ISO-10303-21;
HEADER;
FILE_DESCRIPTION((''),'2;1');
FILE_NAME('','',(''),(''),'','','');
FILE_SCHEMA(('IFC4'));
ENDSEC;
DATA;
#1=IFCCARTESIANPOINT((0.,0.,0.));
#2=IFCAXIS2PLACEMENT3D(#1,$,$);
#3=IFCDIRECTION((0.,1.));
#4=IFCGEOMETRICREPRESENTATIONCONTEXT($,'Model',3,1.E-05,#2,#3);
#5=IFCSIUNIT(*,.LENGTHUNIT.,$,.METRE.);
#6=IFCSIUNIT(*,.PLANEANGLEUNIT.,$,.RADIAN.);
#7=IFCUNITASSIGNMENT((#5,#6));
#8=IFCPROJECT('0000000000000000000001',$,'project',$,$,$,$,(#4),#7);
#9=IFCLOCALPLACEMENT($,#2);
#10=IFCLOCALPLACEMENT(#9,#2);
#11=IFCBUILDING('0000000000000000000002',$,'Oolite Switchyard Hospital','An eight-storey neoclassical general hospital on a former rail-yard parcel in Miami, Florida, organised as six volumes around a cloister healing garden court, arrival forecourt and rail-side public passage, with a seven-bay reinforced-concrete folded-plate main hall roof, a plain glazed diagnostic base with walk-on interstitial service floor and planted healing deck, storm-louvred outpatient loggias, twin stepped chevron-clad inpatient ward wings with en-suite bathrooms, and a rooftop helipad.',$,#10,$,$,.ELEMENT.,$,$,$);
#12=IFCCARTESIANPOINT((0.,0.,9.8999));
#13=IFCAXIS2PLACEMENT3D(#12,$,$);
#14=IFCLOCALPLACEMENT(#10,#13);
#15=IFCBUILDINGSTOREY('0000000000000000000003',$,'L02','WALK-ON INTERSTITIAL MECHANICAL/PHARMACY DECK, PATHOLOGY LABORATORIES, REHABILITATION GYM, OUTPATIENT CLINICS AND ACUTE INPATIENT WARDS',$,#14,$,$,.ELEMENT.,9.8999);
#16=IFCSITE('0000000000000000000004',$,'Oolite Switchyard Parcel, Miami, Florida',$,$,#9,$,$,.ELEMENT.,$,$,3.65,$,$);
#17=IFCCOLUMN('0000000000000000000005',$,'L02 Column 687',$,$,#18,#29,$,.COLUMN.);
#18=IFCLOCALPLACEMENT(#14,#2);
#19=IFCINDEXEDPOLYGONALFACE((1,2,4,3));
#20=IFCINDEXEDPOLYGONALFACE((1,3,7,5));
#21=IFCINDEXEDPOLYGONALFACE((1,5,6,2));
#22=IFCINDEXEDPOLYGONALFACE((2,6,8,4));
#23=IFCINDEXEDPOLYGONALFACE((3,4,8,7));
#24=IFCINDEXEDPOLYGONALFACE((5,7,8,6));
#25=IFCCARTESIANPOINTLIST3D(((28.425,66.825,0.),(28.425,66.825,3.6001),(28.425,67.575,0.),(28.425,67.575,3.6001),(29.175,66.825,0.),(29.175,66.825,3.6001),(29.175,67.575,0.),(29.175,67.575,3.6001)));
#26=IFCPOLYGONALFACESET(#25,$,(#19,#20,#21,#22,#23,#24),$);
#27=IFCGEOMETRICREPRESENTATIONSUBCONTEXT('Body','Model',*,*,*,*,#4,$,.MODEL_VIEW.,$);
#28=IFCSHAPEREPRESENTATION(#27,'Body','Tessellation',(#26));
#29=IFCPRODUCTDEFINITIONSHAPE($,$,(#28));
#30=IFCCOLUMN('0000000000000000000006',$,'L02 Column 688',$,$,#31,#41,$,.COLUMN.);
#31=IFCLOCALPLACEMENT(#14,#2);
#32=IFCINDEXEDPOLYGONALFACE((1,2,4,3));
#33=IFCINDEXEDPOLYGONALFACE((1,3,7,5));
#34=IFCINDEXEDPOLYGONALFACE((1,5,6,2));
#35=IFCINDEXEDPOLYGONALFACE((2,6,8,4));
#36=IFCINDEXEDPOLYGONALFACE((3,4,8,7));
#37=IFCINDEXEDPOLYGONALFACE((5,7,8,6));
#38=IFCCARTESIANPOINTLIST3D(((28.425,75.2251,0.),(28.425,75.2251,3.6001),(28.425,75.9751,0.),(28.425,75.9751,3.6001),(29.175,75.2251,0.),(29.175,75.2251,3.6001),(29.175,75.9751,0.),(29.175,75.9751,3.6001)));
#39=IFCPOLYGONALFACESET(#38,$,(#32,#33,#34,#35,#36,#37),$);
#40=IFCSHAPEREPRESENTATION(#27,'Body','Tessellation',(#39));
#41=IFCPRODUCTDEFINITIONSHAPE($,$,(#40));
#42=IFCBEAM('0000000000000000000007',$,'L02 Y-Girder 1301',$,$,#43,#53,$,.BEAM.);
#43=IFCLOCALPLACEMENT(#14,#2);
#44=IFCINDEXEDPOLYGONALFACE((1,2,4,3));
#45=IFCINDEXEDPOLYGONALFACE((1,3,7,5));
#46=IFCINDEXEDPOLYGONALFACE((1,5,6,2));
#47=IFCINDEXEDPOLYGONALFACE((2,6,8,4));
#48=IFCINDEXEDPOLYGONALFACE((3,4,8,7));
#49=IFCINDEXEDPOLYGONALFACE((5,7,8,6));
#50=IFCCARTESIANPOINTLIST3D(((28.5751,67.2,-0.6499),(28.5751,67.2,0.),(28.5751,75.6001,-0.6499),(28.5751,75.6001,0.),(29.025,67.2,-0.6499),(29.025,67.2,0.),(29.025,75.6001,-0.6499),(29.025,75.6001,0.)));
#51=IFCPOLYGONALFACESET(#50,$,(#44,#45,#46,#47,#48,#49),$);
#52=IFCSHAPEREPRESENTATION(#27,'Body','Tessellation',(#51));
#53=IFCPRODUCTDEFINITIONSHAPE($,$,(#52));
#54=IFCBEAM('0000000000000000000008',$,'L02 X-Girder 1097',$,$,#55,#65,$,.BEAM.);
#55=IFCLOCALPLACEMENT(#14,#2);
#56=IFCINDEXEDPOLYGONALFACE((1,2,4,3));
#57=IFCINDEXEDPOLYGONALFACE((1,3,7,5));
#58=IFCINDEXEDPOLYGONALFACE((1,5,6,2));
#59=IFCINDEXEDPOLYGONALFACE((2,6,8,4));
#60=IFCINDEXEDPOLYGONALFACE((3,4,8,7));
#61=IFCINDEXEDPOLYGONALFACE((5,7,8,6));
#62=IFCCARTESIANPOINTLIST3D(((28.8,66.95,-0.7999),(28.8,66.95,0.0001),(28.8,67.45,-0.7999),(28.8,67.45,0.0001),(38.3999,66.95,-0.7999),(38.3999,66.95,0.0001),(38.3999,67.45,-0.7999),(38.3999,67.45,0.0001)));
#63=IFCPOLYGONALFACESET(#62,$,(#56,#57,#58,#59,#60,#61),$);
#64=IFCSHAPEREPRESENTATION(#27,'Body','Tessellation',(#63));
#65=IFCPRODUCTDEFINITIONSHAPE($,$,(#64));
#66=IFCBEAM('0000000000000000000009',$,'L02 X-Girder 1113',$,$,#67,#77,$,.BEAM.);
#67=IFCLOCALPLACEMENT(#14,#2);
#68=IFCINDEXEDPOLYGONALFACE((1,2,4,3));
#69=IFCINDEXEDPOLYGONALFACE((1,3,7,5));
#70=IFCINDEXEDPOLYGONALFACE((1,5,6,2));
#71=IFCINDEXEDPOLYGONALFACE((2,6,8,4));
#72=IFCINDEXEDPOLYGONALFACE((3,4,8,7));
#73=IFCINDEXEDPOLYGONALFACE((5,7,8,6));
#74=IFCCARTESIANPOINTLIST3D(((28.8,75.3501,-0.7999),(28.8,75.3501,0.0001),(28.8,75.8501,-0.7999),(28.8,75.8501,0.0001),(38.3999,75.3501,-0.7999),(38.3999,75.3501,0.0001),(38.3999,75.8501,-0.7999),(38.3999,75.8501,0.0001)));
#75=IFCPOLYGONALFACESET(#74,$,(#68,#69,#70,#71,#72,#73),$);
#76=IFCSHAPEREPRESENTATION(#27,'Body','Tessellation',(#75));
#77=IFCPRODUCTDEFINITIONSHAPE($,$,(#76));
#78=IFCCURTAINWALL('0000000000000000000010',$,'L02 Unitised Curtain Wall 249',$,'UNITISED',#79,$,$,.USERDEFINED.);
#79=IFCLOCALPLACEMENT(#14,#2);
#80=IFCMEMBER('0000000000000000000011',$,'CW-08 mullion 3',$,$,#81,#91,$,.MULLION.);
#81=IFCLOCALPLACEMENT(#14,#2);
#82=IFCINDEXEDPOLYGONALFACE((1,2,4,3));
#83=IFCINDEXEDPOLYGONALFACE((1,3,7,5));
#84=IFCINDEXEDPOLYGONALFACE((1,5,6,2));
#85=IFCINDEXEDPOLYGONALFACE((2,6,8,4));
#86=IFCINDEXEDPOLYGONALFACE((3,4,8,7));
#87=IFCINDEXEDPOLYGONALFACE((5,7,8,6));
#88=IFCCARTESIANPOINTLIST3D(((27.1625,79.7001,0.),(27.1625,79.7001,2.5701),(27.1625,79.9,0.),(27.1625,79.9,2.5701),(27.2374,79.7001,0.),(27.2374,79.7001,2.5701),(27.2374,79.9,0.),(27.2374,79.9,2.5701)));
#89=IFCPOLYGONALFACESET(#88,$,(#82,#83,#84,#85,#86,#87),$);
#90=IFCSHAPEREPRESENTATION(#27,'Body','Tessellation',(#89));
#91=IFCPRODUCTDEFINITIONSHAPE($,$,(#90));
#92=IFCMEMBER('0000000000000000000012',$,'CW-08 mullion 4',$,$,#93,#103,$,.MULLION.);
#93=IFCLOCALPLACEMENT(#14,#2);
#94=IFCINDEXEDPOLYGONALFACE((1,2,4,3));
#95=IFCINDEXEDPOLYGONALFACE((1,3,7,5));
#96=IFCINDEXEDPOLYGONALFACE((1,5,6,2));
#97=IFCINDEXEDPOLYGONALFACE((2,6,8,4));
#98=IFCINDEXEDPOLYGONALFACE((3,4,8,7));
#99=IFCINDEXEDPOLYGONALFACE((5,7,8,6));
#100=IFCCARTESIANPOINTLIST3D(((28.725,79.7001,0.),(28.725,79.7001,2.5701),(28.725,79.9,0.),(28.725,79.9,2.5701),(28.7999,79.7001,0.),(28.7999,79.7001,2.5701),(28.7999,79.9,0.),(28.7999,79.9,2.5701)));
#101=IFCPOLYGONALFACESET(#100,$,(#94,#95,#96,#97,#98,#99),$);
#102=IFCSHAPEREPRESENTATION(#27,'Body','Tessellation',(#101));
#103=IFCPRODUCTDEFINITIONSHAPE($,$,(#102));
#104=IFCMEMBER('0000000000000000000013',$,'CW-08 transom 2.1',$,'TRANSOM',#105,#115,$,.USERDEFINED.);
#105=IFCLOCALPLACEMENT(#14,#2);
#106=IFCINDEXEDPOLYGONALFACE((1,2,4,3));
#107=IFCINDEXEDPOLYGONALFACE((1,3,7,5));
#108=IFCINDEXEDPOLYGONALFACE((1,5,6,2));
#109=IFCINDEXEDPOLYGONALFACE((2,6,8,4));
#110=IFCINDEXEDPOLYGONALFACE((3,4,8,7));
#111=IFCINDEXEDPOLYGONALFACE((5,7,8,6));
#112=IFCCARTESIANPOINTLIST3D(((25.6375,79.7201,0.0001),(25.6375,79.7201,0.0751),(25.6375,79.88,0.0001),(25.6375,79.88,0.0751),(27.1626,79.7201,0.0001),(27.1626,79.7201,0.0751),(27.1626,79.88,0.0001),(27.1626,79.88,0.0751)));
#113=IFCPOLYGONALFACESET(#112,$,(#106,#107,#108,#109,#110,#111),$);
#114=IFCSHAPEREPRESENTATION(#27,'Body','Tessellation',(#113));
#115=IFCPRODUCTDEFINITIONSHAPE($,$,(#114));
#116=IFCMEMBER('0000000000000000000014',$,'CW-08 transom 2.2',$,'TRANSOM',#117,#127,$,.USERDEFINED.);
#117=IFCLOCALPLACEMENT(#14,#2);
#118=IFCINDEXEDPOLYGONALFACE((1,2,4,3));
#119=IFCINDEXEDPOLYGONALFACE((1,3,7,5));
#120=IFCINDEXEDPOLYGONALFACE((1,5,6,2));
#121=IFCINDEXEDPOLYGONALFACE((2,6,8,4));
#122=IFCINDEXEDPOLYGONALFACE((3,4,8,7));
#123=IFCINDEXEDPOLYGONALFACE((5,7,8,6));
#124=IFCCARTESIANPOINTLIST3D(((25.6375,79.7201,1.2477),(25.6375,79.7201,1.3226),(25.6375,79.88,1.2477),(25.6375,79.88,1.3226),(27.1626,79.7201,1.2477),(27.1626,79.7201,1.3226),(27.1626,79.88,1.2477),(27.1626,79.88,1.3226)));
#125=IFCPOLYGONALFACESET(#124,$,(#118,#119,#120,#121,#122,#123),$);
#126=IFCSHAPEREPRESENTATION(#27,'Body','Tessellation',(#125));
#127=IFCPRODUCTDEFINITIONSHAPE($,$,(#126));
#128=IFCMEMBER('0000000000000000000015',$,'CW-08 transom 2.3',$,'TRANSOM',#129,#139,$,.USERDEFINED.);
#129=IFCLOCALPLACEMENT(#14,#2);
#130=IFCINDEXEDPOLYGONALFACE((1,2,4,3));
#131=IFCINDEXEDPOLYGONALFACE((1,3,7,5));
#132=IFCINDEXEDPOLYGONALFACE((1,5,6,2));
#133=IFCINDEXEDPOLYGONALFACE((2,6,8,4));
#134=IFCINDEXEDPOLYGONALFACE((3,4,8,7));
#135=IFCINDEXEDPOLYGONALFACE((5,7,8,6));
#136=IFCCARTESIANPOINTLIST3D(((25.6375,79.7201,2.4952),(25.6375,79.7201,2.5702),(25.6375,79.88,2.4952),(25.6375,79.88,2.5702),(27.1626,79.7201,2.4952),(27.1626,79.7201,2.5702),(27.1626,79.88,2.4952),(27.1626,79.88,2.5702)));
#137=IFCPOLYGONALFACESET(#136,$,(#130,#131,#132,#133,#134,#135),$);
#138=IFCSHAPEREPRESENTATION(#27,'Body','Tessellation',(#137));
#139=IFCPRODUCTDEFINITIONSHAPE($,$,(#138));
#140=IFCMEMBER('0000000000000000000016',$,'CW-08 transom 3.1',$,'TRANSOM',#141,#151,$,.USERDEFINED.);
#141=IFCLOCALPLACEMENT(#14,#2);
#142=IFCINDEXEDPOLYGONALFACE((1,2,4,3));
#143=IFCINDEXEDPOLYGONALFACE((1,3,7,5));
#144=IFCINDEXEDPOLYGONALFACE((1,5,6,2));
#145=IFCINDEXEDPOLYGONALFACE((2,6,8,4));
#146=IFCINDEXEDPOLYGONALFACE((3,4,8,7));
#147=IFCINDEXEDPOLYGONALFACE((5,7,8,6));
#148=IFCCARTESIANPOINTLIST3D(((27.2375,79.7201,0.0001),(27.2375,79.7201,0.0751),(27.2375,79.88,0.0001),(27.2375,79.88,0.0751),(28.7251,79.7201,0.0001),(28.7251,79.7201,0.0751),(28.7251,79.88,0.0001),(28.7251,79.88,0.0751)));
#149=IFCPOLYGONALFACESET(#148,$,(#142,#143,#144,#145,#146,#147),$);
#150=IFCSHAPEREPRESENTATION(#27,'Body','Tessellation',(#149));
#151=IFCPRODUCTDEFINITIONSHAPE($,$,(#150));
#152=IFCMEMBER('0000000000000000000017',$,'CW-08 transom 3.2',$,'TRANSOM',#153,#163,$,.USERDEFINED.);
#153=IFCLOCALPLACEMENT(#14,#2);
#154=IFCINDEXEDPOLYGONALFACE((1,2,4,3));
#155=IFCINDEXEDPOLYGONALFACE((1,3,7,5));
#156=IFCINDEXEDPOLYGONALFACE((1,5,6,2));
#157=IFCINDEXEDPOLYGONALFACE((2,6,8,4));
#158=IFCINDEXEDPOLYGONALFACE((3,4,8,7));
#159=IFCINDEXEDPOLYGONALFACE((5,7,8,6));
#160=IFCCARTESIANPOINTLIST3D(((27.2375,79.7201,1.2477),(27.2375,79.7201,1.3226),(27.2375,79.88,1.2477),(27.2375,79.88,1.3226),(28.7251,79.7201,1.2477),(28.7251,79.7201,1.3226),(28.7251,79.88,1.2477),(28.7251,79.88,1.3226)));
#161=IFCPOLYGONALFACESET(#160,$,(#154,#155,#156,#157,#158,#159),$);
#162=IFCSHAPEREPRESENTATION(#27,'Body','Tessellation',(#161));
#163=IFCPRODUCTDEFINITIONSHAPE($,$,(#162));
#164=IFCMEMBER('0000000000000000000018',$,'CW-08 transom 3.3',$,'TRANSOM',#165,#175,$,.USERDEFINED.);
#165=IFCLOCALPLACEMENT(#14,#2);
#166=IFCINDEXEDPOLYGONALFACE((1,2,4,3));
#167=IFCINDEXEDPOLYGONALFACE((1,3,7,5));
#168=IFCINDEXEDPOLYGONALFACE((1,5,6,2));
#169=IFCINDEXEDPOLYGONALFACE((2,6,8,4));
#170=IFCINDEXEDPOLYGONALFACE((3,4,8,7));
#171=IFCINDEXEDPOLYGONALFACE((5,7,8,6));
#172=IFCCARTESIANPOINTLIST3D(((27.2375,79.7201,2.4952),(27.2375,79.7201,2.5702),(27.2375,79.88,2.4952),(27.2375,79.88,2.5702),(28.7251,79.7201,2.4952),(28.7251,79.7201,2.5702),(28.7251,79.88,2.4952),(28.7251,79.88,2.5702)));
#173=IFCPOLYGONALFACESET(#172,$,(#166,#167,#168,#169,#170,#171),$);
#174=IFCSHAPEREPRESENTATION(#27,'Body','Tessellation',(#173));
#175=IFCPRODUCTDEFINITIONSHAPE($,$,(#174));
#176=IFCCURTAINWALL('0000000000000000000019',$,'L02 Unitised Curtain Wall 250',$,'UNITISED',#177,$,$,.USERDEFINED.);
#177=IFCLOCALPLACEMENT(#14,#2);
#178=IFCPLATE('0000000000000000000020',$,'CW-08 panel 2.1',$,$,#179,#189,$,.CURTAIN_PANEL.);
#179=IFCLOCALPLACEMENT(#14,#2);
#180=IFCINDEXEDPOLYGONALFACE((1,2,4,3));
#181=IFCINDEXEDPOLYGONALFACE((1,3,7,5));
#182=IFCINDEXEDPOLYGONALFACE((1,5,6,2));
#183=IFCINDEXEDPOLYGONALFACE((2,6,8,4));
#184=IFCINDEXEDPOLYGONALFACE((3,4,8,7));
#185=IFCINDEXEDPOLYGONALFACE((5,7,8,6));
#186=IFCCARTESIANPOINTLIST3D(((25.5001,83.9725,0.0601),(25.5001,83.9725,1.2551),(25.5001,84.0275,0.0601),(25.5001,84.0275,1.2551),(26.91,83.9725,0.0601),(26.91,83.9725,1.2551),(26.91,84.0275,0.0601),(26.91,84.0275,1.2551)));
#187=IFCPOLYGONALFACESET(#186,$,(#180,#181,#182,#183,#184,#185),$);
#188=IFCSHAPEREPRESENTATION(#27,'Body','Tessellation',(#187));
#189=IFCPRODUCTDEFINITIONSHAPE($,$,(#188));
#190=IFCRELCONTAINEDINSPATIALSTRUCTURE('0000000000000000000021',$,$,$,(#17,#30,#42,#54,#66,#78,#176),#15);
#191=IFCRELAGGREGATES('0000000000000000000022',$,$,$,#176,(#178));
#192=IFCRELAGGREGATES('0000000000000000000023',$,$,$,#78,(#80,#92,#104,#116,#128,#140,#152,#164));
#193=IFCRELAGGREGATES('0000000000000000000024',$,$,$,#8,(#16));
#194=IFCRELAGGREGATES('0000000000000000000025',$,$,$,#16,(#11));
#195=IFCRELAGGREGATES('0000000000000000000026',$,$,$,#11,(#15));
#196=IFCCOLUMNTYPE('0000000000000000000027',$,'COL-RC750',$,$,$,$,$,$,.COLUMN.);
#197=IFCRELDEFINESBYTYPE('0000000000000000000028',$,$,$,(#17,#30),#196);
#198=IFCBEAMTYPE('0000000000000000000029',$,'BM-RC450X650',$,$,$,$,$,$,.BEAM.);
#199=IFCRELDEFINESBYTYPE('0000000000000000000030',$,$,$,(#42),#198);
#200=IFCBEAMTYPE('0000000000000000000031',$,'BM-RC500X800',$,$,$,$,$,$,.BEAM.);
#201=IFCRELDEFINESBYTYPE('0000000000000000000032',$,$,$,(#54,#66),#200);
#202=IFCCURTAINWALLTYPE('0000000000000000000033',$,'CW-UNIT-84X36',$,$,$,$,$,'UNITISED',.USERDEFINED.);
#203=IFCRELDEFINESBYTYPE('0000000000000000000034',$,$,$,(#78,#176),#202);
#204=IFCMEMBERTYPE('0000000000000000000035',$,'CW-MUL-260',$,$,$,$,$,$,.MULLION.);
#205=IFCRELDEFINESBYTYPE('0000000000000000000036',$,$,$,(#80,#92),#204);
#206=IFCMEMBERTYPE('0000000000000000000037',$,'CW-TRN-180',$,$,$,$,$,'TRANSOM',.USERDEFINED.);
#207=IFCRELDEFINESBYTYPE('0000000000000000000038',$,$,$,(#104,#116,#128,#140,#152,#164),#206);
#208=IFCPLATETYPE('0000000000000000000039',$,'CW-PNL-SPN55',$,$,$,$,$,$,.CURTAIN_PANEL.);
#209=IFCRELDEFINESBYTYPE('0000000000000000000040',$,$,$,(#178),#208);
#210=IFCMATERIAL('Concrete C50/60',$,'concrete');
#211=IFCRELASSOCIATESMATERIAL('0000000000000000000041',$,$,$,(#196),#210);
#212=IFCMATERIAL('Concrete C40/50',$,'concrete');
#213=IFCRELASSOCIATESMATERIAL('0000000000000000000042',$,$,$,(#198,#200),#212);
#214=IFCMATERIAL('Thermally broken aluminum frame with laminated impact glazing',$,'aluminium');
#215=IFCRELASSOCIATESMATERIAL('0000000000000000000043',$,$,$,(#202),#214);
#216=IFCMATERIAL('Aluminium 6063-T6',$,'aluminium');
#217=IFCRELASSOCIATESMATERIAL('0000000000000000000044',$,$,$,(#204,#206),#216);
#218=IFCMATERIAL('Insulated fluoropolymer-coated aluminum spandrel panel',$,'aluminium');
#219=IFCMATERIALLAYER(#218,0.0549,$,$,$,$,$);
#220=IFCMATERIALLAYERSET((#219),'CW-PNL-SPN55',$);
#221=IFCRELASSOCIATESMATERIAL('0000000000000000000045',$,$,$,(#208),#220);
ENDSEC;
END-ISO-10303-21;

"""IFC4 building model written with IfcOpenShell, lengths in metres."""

from ifc_helpers import new_model, si_unit, direction, frame, origin, origin_2d, place, context, subcontext, project, spatial, rectangle, extrude, material, layer, layer_set, material_profile, profile_set, type_object, element, aggregate, save


model = new_model("IFC4")

# Units and contexts
model_context = context("Model", 3, precision=1e-05, world=origin(), true_north=direction((0.0, 1.0)))
body_context = subcontext(model_context, "Body", "Model", "MODEL_VIEW")
ifc_project = project(units=[si_unit("LENGTHUNIT", "METRE"), si_unit("PLANEANGLEUNIT", "RADIAN")], contexts=[model_context])

# Site, building, storey
site_placement = place(None, origin())
site = spatial("IfcSite", under=ifc_project, at=site_placement, Name="Oolite Switchyard Parcel, Miami, Florida", CompositionType="ELEMENT", RefElevation=3.65)
building_placement = place(site_placement, origin())
building = spatial("IfcBuilding", under=site, at=building_placement, Name="Oolite Switchyard Hospital", Description="An eight-storey neoclassical general hospital on a former rail-yard parcel in Miami, Florida, organised as six volumes around a cloister healing garden court, arrival forecourt and rail-side public passage, with a seven-bay reinforced-concrete folded-plate main hall roof, a plain glazed diagnostic base with walk-on interstitial service floor and planted healing deck, storm-louvred outpatient loggias, twin stepped chevron-clad inpatient ward wings with en-suite bathrooms, and a rooftop helipad.", CompositionType="ELEMENT")
storey_placement = place(building_placement, frame((0.0, 0.0, 9.8999)))
storey = spatial("IfcBuildingStorey", under=building, at=storey_placement, Name="L02", Description="WALK-ON INTERSTITIAL MECHANICAL/PHARMACY DECK, PATHOLOGY LABORATORIES, REHABILITATION GYM, OUTPATIENT CLINICS AND ACUTE INPATIENT WARDS", CompositionType="ELEMENT", Elevation=9.8999)

# Columns
ifc_material_1 = material(Name="Concrete C50/60", Category="concrete")
ifc_material_profile_1 = material_profile(ifc_material_1, rectangle(XDim=0.75, YDim=0.75, at=origin_2d()), Name="RC750X750")
ifc_profile_set_1 = profile_set([ifc_material_profile_1], Name="Concrete C50/60")
column_type = type_object("IfcColumnType", Name="COL-RC750", PredefinedType="COLUMN", material=ifc_profile_set_1)
for number, where, z_axis, x_axis, name in (
    (1, (28.8, 67.2, 0.0), (0.0, 0.0, 1.0), (1.0, 0.0, 0.0), "L02 Column 687"),
    (2, (28.8, 75.6001, 0.0), (0.0, 0.0, 1.0), (1.0, 0.0, 0.0), "L02 Column 688"),
):
    element("IfcColumn", number, at=place(storey_placement, frame(where, z_axis=z_axis, x_axis=x_axis)), inside=storey, type_object=column_type, Name=name, PredefinedType="COLUMN", context=body_context, shape_type="SweptSolid", body=[
        extrude(rectangle(XDim=0.75, YDim=0.75, at=origin_2d()), origin(), (0.0, 0.0, 1.0), 3.6001),
    ])

# Beams
ifc_material_2 = material(Name="Concrete C40/50", Category="concrete")
ifc_material_profile_2 = material_profile(ifc_material_2, rectangle(XDim=0.45, YDim=0.6499, at=origin_2d()), Name="RCB450X650")
ifc_profile_set_2 = profile_set([ifc_material_profile_2], Name="Concrete C40/50")
beam_type_1 = type_object("IfcBeamType", Name="BM-RC450X650", PredefinedType="BEAM", material=ifc_profile_set_2)
beam_placement = place(storey_placement, frame((28.8, 67.2, -0.325), z_axis=(0.0, 1.0, 0.0), x_axis=(-1.0, 0.0, 0.0)))
element("IfcBeam", 3, at=beam_placement, inside=storey, type_object=beam_type_1, Name="L02 Y-Girder 1301", PredefinedType="BEAM", context=body_context, shape_type="SweptSolid", body=[
    extrude(rectangle(XDim=0.45, YDim=0.6499, at=origin_2d()), origin(), (0.0, 0.0, 1.0), 8.4001),
])
ifc_material_profile_3 = material_profile(ifc_material_2, rectangle(XDim=0.5, YDim=0.8, at=origin_2d()), Name="RCB500X800")
ifc_profile_set_3 = profile_set([ifc_material_profile_3], Name="Concrete C40/50")
beam_type_2 = type_object("IfcBeamType", Name="BM-RC500X800", PredefinedType="BEAM", material=ifc_profile_set_3)
for number, where, z_axis, x_axis, name in (
    (4, (28.8, 67.2, -0.3999), (1.0, 0.0, 0.0), (0.0, 1.0, 0.0), "L02 X-Girder 1097"),
    (5, (28.8, 75.6001, -0.3999), (1.0, 0.0, 0.0), (0.0, 1.0, 0.0), "L02 X-Girder 1113"),
):
    element("IfcBeam", number, at=place(storey_placement, frame(where, z_axis=z_axis, x_axis=x_axis)), inside=storey, type_object=beam_type_2, Name=name, PredefinedType="BEAM", context=body_context, shape_type="SweptSolid", body=[
        extrude(rectangle(XDim=0.5, YDim=0.8, at=origin_2d()), origin(), (0.0, 0.0, 1.0), 9.5999),
    ])

# Curtain wall, members
ifc_material_3 = material(Name="Thermally broken aluminum frame with laminated impact glazing", Category="aluminium")
curtain_wall_type = type_object("IfcCurtainWallType", Name="CW-UNIT-84X36", ElementType="UNITISED", PredefinedType="USERDEFINED", material=ifc_material_3)
curtain_wall_1_placement = place(storey_placement, origin())
curtain_wall_1 = element("IfcCurtainWall", 6, at=curtain_wall_1_placement, inside=storey, type_object=curtain_wall_type, Name="L02 Unitised Curtain Wall 249", ObjectType="UNITISED", PredefinedType="USERDEFINED")
ifc_material_4 = material(Name="Aluminium 6063-T6", Category="aluminium")
ifc_material_profile_4 = material_profile(ifc_material_4, rectangle(XDim=0.2, YDim=0.075, at=origin_2d()), Name="CWM75X200")
ifc_profile_set_4 = profile_set([ifc_material_profile_4], Name="Aluminium 6063-T6")
member_type_1 = type_object("IfcMemberType", Name="CW-MUL-260", PredefinedType="MULLION", material=ifc_profile_set_4)
member_1_placement = place(storey_placement, frame((27.2, 79.8, 0.0), z_axis=(0.0, 0.0, 1.0), x_axis=(0.0, 1.0, 0.0)))
member_1 = element("IfcMember", 7, at=member_1_placement, type_object=member_type_1, Name="CW-08 mullion 3", PredefinedType="MULLION", context=body_context, shape_type="SweptSolid", body=[
    extrude(rectangle(XDim=0.2, YDim=0.075, at=origin_2d()), origin(), (0.0, 0.0, 1.0), 2.5701),
])
member_2_placement = place(storey_placement, frame((28.7625, 79.8, 0.0), z_axis=(0.0, 0.0, 1.0), x_axis=(0.0, 1.0, 0.0)))
member_2 = element("IfcMember", 8, at=member_2_placement, type_object=member_type_1, Name="CW-08 mullion 4", PredefinedType="MULLION", context=body_context, shape_type="SweptSolid", body=[
    extrude(rectangle(XDim=0.2, YDim=0.075, at=origin_2d()), origin(), (0.0, 0.0, 1.0), 2.5701),
])
ifc_material_profile_5 = material_profile(ifc_material_4, rectangle(XDim=0.1599, YDim=0.075, at=origin_2d()), Name="CWT75X160")
ifc_profile_set_5 = profile_set([ifc_material_profile_5], Name="Aluminium 6063-T6")
member_type_2 = type_object("IfcMemberType", Name="CW-TRN-180", ElementType="TRANSOM", PredefinedType="USERDEFINED", material=ifc_profile_set_5)
member_3_placement = place(storey_placement, frame((25.6375, 79.8, 0.0376), z_axis=(1.0, 0.0, 0.0), x_axis=(0.0, 1.0, 0.0)))
member_3 = element("IfcMember", 9, at=member_3_placement, type_object=member_type_2, Name="CW-08 transom 2.1", ObjectType="TRANSOM", PredefinedType="USERDEFINED", context=body_context, shape_type="SweptSolid", body=[
    extrude(rectangle(XDim=0.1599, YDim=0.075, at=origin_2d()), origin(), (0.0, 0.0, 1.0), 1.5251),
])
member_4_placement = place(storey_placement, frame((25.6375, 79.8, 1.2852), z_axis=(1.0, 0.0, 0.0), x_axis=(0.0, 1.0, 0.0)))
member_4 = element("IfcMember", 10, at=member_4_placement, type_object=member_type_2, Name="CW-08 transom 2.2", ObjectType="TRANSOM", PredefinedType="USERDEFINED", context=body_context, shape_type="SweptSolid", body=[
    extrude(rectangle(XDim=0.1599, YDim=0.075, at=origin_2d()), origin(), (0.0, 0.0, 1.0), 1.5251),
])
member_5_placement = place(storey_placement, frame((25.6375, 79.8, 2.5327), z_axis=(1.0, 0.0, 0.0), x_axis=(0.0, 1.0, 0.0)))
member_5 = element("IfcMember", 11, at=member_5_placement, type_object=member_type_2, Name="CW-08 transom 2.3", ObjectType="TRANSOM", PredefinedType="USERDEFINED", context=body_context, shape_type="SweptSolid", body=[
    extrude(rectangle(XDim=0.1599, YDim=0.075, at=origin_2d()), origin(), (0.0, 0.0, 1.0), 1.5251),
])
member_6_placement = place(storey_placement, frame((27.2375, 79.8, 0.0376), z_axis=(1.0, 0.0, 0.0), x_axis=(0.0, 1.0, 0.0)))
member_6 = element("IfcMember", 12, at=member_6_placement, type_object=member_type_2, Name="CW-08 transom 3.1", ObjectType="TRANSOM", PredefinedType="USERDEFINED", context=body_context, shape_type="SweptSolid", body=[
    extrude(rectangle(XDim=0.1599, YDim=0.075, at=origin_2d()), origin(), (0.0, 0.0, 1.0), 1.4875),
])
member_7_placement = place(storey_placement, frame((27.2375, 79.8, 1.2852), z_axis=(1.0, 0.0, 0.0), x_axis=(0.0, 1.0, 0.0)))
member_7 = element("IfcMember", 13, at=member_7_placement, type_object=member_type_2, Name="CW-08 transom 3.2", ObjectType="TRANSOM", PredefinedType="USERDEFINED", context=body_context, shape_type="SweptSolid", body=[
    extrude(rectangle(XDim=0.1599, YDim=0.075, at=origin_2d()), origin(), (0.0, 0.0, 1.0), 1.4875),
])
member_8_placement = place(storey_placement, frame((27.2375, 79.8, 2.5327), z_axis=(1.0, 0.0, 0.0), x_axis=(0.0, 1.0, 0.0)))
member_8 = element("IfcMember", 14, at=member_8_placement, type_object=member_type_2, Name="CW-08 transom 3.3", ObjectType="TRANSOM", PredefinedType="USERDEFINED", context=body_context, shape_type="SweptSolid", body=[
    extrude(rectangle(XDim=0.1599, YDim=0.075, at=origin_2d()), origin(), (0.0, 0.0, 1.0), 1.4875),
])

# Curtain wall, plate
curtain_wall_2_placement = place(storey_placement, origin())
curtain_wall_2 = element("IfcCurtainWall", 15, at=curtain_wall_2_placement, inside=storey, type_object=curtain_wall_type, Name="L02 Unitised Curtain Wall 250", ObjectType="UNITISED", PredefinedType="USERDEFINED")
ifc_material_5 = material(Name="Insulated fluoropolymer-coated aluminum spandrel panel", Category="aluminium")
ifc_layer_1 = layer(ifc_material_5, 0.0549)
ifc_layer_set_1 = layer_set([ifc_layer_1], Name="CW-PNL-SPN55")
plate_type_1 = type_object("IfcPlateType", Name="CW-PNL-SPN55", PredefinedType="CURTAIN_PANEL", material=ifc_layer_set_1)
plate_1_placement = place(storey_placement, frame((26.2051, 84.0, 0.0601), z_axis=(0.0, 0.0, 1.0), x_axis=(-1.0, 0.0, 0.0)))
plate_1 = element("IfcPlate", 16, at=plate_1_placement, type_object=plate_type_1, Name="CW-08 panel 2.1", PredefinedType="CURTAIN_PANEL", context=body_context, shape_type="SweptSolid", body=[
    extrude(rectangle(XDim=1.4099, YDim=0.0549, at=origin_2d()), origin(), (0.0, 0.0, 1.0), 1.1951),
])
aggregate(curtain_wall_2, [plate_1])

aggregate(curtain_wall_1, [member_1, member_2, member_3, member_4, member_5, member_6, member_7, member_8])

save(model, "model.ifc")
